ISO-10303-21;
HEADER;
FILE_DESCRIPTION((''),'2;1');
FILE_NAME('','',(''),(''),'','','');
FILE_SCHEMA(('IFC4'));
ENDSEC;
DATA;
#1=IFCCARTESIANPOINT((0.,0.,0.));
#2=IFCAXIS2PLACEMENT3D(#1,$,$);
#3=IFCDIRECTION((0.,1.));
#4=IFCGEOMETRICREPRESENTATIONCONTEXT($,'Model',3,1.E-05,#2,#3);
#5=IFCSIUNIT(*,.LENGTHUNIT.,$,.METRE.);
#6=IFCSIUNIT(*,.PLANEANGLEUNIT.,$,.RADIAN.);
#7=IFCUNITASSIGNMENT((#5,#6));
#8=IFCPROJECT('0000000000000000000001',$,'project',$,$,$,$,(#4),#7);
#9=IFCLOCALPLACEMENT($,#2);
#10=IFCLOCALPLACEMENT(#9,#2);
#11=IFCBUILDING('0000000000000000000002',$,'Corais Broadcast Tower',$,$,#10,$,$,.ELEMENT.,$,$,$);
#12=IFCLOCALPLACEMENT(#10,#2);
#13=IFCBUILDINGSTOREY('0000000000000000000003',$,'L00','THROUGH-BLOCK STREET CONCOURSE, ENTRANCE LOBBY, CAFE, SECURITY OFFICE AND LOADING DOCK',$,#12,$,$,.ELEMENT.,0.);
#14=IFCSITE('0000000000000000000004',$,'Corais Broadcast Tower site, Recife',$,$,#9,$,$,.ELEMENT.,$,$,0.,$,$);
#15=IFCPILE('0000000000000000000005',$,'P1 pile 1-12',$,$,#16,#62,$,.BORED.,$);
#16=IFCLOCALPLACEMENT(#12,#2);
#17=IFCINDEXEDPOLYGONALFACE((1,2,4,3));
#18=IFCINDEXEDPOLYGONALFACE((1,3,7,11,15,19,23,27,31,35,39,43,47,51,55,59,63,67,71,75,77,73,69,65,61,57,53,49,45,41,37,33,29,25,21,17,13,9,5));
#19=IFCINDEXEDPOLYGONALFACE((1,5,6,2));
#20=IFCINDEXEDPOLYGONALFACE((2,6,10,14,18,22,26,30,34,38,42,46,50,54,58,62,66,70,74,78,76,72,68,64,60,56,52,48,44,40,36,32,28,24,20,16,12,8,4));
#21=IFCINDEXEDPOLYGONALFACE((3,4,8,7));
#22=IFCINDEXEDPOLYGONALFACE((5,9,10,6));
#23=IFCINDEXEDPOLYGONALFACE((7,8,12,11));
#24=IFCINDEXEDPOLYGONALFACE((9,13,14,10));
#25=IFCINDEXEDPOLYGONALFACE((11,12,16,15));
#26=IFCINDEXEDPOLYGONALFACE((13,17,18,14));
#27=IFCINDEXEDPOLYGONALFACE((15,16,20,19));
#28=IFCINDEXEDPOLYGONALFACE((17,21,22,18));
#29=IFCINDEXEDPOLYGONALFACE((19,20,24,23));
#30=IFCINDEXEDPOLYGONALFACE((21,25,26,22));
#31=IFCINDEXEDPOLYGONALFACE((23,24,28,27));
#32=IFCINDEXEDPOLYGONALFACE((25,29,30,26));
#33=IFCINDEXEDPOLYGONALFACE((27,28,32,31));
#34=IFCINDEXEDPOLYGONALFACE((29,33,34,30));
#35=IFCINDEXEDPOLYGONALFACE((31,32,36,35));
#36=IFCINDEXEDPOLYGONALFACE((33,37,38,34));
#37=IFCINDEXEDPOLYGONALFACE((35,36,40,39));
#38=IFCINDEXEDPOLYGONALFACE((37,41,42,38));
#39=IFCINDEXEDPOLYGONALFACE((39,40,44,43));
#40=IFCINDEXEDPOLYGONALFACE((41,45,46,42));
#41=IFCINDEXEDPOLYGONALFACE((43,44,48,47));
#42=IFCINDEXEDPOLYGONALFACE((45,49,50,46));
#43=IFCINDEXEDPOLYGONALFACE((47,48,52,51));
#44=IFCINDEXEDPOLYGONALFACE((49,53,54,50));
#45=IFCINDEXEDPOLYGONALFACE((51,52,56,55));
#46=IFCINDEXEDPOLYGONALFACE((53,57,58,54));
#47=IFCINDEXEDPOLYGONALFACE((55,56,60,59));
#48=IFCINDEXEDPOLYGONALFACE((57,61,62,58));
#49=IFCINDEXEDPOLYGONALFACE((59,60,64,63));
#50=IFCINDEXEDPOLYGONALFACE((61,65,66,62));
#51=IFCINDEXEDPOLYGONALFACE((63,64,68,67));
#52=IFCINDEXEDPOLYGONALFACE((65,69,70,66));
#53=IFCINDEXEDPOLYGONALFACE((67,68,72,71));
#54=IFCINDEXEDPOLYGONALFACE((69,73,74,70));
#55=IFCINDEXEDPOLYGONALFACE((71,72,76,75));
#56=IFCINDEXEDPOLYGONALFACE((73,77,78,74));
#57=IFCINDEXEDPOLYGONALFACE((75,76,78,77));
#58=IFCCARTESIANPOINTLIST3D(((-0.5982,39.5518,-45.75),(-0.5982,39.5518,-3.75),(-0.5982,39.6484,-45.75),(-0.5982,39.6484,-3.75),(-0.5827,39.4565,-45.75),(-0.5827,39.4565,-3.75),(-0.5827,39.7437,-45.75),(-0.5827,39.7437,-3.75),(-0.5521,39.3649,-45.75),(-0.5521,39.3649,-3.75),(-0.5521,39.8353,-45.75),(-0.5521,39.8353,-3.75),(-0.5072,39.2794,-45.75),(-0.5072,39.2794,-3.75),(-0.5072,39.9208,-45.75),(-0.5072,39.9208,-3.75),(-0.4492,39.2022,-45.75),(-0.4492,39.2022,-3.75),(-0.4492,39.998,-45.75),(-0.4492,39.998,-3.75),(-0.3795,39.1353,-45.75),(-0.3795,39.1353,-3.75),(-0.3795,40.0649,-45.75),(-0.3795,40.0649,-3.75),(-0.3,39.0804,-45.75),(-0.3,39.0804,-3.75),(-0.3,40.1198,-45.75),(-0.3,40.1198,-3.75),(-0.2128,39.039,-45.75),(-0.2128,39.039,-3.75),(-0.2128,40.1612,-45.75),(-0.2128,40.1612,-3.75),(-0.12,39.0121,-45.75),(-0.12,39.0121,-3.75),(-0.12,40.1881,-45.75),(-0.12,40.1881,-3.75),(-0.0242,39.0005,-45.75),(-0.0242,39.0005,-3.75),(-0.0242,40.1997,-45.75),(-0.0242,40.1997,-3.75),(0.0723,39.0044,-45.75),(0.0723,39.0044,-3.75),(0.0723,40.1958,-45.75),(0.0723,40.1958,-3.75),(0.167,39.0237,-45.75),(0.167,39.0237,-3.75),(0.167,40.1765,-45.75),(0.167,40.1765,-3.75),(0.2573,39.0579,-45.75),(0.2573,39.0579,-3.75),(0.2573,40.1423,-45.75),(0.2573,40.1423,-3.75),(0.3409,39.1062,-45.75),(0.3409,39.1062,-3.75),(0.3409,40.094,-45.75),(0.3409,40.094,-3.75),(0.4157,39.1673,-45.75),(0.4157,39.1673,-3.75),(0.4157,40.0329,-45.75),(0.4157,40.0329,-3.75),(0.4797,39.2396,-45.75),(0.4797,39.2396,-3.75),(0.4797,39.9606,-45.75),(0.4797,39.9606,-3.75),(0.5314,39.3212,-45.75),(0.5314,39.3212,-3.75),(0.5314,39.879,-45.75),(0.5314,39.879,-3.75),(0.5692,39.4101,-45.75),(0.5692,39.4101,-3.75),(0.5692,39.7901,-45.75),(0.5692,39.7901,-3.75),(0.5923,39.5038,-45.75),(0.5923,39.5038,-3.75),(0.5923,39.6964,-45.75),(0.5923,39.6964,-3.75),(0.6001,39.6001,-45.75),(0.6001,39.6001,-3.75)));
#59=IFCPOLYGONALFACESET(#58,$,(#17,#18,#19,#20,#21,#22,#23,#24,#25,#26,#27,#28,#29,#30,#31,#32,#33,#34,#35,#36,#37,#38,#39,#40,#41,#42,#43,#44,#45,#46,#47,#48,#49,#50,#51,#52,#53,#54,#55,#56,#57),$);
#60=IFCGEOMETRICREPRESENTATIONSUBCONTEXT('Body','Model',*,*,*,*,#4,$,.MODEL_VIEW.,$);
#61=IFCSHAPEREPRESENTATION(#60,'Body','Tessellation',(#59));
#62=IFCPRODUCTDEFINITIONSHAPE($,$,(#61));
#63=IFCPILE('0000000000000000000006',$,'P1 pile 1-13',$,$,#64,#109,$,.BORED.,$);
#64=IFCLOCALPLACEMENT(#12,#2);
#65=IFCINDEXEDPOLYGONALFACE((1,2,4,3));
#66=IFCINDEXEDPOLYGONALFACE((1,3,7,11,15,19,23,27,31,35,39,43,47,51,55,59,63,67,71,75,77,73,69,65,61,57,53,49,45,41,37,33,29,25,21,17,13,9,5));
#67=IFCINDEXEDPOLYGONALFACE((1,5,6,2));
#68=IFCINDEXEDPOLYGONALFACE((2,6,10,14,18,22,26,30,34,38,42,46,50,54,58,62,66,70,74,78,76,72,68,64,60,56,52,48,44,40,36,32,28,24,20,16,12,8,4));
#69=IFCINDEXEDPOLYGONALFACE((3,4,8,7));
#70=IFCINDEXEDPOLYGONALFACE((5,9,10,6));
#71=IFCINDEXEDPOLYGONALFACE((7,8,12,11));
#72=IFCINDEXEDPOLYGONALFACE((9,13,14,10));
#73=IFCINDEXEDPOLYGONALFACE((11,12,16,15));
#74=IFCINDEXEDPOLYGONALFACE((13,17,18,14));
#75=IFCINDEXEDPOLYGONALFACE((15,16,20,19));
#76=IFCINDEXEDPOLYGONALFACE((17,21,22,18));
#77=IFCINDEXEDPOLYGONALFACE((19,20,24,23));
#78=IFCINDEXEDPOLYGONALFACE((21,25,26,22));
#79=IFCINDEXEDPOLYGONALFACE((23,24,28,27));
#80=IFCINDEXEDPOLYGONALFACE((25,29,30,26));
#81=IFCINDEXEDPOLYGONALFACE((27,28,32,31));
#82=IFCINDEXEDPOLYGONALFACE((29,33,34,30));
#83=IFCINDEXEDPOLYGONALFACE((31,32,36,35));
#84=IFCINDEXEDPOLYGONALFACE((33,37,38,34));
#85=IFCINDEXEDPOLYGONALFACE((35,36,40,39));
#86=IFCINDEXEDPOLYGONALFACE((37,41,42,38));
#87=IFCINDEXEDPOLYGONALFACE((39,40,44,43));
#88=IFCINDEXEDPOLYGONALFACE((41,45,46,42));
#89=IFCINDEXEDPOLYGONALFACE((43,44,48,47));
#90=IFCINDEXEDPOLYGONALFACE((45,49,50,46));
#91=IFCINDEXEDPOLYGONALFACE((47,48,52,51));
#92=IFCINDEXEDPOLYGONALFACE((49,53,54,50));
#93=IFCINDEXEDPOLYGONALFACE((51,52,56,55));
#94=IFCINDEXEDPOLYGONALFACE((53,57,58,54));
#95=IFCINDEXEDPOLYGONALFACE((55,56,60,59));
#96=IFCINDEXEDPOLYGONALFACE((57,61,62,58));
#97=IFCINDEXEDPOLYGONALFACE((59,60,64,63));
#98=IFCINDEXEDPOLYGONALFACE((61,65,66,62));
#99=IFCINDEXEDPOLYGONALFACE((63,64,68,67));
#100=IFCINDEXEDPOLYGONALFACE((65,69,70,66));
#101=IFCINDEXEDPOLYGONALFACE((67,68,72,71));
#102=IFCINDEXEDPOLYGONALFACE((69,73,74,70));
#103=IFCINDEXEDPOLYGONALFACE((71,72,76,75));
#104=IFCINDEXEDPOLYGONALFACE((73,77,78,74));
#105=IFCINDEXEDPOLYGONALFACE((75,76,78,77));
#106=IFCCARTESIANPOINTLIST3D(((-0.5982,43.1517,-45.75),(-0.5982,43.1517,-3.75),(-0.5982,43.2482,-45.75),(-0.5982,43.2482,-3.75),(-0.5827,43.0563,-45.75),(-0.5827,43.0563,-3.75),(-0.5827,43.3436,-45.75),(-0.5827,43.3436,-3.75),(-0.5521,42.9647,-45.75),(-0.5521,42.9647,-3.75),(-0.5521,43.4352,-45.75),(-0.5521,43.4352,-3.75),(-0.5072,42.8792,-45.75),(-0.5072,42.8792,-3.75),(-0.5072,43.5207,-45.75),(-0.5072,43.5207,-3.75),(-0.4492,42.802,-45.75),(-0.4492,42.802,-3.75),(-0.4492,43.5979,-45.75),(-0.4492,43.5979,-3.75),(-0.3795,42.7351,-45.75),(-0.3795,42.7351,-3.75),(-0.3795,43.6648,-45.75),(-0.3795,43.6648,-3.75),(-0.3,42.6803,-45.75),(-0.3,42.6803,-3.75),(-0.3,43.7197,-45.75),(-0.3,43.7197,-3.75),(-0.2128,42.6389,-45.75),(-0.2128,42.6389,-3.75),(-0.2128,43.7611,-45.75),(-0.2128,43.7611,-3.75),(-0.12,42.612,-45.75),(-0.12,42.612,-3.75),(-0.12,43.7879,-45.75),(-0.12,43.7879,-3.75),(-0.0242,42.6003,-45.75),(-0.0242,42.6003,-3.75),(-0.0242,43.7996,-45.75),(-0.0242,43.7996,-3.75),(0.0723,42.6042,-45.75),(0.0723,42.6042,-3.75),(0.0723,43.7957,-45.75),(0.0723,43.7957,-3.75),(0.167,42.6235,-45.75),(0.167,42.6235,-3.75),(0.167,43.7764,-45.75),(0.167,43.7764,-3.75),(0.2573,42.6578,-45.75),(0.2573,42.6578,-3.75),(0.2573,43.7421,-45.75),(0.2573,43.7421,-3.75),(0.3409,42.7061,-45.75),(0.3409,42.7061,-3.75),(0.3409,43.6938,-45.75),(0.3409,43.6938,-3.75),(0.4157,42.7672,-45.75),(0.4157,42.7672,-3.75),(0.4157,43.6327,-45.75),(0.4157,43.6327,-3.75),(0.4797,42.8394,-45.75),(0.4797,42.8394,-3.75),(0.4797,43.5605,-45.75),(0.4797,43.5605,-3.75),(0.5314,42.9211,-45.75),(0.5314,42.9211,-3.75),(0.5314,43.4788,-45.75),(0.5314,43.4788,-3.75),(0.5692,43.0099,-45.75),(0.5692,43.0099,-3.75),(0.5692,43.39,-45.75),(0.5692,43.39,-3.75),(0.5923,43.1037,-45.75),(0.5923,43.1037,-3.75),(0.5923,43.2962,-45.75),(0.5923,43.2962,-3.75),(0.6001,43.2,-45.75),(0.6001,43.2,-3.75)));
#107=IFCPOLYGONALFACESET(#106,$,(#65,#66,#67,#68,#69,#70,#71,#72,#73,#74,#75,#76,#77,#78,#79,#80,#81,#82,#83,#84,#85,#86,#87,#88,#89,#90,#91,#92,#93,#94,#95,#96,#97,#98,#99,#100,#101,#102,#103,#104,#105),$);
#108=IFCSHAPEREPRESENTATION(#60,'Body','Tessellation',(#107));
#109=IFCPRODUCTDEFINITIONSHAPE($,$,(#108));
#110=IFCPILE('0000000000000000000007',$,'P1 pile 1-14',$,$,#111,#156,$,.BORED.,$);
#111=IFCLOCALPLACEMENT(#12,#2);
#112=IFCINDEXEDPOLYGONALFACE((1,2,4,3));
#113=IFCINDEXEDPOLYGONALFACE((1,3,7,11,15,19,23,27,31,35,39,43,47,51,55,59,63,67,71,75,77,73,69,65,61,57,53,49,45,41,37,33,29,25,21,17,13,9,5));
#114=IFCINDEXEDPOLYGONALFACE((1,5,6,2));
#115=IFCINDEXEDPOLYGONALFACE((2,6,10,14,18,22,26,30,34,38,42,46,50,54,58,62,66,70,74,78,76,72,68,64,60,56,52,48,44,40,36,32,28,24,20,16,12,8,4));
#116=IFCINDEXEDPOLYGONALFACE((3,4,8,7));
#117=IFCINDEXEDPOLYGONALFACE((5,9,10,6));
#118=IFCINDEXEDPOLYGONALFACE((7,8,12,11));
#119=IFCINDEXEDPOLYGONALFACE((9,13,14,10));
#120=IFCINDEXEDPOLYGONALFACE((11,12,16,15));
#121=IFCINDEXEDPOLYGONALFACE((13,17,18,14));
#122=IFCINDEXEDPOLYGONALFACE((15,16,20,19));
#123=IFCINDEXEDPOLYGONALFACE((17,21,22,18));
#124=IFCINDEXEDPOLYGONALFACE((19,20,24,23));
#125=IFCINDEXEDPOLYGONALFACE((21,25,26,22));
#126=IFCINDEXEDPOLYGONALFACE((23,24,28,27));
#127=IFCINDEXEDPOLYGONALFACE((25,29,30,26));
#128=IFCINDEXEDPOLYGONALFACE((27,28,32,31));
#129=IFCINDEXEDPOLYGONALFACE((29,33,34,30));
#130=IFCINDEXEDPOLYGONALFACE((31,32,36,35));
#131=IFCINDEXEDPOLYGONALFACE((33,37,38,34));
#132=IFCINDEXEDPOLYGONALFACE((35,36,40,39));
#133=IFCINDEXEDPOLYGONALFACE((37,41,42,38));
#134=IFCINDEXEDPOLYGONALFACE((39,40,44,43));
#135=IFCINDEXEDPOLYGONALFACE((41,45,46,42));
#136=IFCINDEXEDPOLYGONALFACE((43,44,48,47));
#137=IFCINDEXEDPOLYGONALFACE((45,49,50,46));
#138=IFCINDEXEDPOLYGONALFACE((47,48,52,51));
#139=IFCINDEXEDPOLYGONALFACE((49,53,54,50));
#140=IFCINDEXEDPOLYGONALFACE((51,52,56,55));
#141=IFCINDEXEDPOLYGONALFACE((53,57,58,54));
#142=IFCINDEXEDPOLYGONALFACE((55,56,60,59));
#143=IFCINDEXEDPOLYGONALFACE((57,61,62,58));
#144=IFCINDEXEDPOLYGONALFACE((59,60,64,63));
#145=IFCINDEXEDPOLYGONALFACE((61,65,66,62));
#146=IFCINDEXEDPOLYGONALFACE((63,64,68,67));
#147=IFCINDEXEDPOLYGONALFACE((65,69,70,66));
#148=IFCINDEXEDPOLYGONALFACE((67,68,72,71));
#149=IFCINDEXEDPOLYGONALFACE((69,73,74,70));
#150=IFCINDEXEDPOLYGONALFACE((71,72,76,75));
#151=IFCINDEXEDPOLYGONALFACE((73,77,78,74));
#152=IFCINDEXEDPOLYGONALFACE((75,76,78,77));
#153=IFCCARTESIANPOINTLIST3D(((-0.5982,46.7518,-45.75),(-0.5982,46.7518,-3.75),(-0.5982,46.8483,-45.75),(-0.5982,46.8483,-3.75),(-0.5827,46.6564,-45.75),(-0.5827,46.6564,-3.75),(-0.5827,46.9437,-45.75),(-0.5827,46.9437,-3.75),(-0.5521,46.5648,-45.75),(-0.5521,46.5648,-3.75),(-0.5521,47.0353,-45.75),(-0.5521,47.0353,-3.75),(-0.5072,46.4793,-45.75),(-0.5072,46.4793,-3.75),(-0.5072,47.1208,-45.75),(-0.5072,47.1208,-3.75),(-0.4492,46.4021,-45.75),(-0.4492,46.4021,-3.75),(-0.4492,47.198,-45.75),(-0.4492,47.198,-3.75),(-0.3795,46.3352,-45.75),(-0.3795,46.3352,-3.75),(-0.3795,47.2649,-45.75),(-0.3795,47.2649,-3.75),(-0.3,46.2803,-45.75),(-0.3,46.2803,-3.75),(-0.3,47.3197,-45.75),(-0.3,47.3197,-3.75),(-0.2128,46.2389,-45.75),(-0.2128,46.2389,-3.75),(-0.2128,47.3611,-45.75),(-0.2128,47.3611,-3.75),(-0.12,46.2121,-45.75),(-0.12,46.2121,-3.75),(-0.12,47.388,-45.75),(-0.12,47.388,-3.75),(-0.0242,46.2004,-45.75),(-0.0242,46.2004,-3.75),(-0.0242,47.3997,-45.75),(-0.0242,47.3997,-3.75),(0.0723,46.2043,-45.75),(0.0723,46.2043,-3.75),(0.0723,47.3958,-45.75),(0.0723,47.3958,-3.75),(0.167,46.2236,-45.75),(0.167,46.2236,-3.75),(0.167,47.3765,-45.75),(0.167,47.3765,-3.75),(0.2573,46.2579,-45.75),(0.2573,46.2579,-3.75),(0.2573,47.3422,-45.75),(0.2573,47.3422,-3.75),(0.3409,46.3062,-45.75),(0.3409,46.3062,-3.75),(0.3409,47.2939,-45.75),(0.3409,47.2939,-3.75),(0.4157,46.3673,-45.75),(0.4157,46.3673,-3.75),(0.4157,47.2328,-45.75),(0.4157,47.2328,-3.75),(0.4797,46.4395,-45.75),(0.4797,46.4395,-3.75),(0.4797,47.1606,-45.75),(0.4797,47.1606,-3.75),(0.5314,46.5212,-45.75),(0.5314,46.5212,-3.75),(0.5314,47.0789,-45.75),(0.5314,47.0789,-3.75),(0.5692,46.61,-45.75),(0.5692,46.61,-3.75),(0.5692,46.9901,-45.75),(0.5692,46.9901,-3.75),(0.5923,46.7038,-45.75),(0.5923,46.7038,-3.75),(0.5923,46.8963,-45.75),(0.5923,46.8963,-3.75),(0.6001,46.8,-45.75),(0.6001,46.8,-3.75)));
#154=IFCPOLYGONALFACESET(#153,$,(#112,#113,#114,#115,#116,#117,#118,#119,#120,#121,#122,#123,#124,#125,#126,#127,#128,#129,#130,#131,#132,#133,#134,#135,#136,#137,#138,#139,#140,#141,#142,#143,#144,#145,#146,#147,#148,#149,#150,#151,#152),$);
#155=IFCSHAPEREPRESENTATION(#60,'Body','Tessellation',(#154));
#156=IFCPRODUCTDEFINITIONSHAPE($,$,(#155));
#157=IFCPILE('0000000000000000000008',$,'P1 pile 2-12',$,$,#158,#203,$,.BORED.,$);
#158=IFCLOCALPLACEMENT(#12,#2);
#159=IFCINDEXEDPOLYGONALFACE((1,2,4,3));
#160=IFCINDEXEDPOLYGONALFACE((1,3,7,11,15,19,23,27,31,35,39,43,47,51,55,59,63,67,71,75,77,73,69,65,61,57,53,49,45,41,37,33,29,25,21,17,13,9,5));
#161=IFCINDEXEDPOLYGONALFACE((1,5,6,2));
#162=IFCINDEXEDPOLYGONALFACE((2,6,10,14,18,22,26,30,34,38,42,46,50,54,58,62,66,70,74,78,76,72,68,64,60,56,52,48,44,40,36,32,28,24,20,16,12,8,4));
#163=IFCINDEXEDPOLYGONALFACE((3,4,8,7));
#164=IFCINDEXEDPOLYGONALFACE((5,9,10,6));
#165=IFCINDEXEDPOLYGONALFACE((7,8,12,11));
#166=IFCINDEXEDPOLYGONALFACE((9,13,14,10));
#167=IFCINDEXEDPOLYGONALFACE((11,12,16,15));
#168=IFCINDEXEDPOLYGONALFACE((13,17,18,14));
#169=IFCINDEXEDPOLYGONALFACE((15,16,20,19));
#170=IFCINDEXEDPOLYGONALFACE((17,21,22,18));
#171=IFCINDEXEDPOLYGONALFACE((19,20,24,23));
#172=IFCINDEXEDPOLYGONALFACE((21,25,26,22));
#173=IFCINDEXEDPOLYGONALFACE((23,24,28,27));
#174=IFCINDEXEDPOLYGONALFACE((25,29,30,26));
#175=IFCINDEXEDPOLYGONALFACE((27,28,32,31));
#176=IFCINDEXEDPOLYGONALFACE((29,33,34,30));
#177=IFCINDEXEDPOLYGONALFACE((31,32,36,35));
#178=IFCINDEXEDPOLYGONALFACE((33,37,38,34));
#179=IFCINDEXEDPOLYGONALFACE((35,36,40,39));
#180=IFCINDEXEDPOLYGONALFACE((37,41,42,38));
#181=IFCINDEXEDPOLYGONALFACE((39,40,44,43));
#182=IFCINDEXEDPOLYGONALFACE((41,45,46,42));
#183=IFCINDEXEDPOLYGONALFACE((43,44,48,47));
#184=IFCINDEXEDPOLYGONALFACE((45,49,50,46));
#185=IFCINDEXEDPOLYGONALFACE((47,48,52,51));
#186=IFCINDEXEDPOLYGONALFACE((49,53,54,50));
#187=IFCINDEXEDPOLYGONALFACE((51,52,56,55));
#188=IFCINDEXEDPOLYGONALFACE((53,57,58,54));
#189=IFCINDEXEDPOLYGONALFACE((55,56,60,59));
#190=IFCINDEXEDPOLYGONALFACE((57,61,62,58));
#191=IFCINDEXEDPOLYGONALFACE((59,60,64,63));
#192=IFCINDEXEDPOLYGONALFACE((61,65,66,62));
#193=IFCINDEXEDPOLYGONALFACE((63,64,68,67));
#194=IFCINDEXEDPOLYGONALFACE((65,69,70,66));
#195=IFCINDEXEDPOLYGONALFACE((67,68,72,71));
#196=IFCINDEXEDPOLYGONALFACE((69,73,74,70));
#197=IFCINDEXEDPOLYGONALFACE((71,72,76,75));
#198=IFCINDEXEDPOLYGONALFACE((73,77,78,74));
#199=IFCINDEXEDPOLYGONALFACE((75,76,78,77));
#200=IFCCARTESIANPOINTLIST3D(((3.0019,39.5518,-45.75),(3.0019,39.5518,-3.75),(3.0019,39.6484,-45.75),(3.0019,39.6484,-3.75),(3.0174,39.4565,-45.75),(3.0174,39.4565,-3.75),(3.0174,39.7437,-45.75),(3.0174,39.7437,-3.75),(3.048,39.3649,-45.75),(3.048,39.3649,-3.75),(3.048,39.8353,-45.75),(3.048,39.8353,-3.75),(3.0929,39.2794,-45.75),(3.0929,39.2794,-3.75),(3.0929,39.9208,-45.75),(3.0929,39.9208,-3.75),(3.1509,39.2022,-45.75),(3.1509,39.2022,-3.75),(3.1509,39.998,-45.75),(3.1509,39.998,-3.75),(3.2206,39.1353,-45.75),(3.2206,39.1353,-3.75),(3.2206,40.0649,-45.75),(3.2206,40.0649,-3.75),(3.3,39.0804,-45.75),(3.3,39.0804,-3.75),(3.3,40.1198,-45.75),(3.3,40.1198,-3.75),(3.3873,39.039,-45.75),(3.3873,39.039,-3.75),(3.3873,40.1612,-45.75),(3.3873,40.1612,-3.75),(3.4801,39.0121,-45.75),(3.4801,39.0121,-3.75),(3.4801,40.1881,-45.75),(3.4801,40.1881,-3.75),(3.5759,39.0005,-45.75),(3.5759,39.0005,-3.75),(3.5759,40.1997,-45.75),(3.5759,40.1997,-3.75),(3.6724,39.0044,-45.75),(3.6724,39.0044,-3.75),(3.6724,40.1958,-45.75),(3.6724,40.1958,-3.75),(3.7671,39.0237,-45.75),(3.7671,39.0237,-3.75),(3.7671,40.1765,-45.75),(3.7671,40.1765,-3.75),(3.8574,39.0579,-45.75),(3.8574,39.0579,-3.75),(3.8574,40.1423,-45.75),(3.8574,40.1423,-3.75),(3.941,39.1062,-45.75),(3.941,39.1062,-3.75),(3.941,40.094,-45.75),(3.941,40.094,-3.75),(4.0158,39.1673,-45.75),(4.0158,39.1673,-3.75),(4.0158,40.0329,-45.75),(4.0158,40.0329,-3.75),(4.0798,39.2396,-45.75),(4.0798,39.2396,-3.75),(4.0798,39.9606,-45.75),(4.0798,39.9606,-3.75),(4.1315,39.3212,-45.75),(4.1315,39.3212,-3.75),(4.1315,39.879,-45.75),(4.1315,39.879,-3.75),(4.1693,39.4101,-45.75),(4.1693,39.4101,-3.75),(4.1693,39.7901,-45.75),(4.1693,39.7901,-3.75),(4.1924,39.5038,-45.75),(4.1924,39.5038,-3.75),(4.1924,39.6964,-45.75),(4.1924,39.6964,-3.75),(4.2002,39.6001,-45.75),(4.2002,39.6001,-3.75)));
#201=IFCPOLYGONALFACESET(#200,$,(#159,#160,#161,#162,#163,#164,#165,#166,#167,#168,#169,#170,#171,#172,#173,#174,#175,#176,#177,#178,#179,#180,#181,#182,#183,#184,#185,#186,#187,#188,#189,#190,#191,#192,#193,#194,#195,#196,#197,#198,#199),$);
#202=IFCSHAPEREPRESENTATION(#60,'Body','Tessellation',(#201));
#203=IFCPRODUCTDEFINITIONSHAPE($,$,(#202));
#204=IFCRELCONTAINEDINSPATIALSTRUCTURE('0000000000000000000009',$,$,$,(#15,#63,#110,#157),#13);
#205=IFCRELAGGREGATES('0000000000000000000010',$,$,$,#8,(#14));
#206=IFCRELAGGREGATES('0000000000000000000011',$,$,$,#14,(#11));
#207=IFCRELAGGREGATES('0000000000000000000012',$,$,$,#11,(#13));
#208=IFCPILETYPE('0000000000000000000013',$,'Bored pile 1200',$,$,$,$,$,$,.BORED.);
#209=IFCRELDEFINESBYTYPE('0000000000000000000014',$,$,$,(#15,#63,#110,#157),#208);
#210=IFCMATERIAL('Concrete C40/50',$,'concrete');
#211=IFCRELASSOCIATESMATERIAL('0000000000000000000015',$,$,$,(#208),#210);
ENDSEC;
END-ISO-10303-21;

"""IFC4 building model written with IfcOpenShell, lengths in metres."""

from ifc_helpers import new_model, si_unit, direction, frame, origin, origin_2d, place, context, subcontext, project, spatial, circle, extrude, material, type_object, element, save


model = new_model("IFC4")

# Units and contexts
model_context = context("Model", 3, precision=1e-05, world=origin(), true_north=direction((0.0, 1.0)))
body_context = subcontext(model_context, "Body", "Model", "MODEL_VIEW")
ifc_project = project(units=[si_unit("LENGTHUNIT", "METRE"), si_unit("PLANEANGLEUNIT", "RADIAN")], contexts=[model_context])

# Site, building, storey
site_placement = place(None, origin())
site = spatial("IfcSite", under=ifc_project, at=site_placement, Name="Corais Broadcast Tower site, Recife", CompositionType="ELEMENT", RefElevation=0.0)
building_placement = place(site_placement, origin())
building = spatial("IfcBuilding", under=site, at=building_placement, Name="Corais Broadcast Tower", CompositionType="ELEMENT")
storey_placement = place(building_placement, origin())
storey = spatial("IfcBuildingStorey", under=building, at=storey_placement, Name="L00", Description="THROUGH-BLOCK STREET CONCOURSE, ENTRANCE LOBBY, CAFE, SECURITY OFFICE AND LOADING DOCK", CompositionType="ELEMENT", Elevation=0.0)

# Piles
ifc_material_1 = material(Name="Concrete C40/50", Category="concrete")
pile_type_1 = type_object("IfcPileType", Name="Bored pile 1200", PredefinedType="BORED", material=ifc_material_1)
for number, where, z_axis, x_axis, name in (
    (1, (0.0, 39.6001, -3.75), (0.0, 0.0, -1.0), (1.0, 0.0, 0.0), "P1 pile 1-12"),
    (2, (0.0, 43.2, -3.75), (0.0, 0.0, -1.0), (1.0, 0.0, 0.0), "P1 pile 1-13"),
    (3, (0.0, 46.8, -3.75), (0.0, 0.0, -1.0), (1.0, 0.0, 0.0), "P1 pile 1-14"),
    (4, (3.6001, 39.6001, -3.75), (0.0, 0.0, -1.0), (1.0, 0.0, 0.0), "P1 pile 2-12"),
):
    element("IfcPile", number, at=place(storey_placement, frame(where, z_axis=z_axis, x_axis=x_axis)), inside=storey, type_object=pile_type_1, Name=name, PredefinedType="BORED", context=body_context, shape_type="SweptSolid", body=[
        extrude(circle(Radius=0.6001, at=origin_2d()), origin(), (0.0, 0.0, 1.0), 42.0),
    ])

save(model, "model.ifc")
